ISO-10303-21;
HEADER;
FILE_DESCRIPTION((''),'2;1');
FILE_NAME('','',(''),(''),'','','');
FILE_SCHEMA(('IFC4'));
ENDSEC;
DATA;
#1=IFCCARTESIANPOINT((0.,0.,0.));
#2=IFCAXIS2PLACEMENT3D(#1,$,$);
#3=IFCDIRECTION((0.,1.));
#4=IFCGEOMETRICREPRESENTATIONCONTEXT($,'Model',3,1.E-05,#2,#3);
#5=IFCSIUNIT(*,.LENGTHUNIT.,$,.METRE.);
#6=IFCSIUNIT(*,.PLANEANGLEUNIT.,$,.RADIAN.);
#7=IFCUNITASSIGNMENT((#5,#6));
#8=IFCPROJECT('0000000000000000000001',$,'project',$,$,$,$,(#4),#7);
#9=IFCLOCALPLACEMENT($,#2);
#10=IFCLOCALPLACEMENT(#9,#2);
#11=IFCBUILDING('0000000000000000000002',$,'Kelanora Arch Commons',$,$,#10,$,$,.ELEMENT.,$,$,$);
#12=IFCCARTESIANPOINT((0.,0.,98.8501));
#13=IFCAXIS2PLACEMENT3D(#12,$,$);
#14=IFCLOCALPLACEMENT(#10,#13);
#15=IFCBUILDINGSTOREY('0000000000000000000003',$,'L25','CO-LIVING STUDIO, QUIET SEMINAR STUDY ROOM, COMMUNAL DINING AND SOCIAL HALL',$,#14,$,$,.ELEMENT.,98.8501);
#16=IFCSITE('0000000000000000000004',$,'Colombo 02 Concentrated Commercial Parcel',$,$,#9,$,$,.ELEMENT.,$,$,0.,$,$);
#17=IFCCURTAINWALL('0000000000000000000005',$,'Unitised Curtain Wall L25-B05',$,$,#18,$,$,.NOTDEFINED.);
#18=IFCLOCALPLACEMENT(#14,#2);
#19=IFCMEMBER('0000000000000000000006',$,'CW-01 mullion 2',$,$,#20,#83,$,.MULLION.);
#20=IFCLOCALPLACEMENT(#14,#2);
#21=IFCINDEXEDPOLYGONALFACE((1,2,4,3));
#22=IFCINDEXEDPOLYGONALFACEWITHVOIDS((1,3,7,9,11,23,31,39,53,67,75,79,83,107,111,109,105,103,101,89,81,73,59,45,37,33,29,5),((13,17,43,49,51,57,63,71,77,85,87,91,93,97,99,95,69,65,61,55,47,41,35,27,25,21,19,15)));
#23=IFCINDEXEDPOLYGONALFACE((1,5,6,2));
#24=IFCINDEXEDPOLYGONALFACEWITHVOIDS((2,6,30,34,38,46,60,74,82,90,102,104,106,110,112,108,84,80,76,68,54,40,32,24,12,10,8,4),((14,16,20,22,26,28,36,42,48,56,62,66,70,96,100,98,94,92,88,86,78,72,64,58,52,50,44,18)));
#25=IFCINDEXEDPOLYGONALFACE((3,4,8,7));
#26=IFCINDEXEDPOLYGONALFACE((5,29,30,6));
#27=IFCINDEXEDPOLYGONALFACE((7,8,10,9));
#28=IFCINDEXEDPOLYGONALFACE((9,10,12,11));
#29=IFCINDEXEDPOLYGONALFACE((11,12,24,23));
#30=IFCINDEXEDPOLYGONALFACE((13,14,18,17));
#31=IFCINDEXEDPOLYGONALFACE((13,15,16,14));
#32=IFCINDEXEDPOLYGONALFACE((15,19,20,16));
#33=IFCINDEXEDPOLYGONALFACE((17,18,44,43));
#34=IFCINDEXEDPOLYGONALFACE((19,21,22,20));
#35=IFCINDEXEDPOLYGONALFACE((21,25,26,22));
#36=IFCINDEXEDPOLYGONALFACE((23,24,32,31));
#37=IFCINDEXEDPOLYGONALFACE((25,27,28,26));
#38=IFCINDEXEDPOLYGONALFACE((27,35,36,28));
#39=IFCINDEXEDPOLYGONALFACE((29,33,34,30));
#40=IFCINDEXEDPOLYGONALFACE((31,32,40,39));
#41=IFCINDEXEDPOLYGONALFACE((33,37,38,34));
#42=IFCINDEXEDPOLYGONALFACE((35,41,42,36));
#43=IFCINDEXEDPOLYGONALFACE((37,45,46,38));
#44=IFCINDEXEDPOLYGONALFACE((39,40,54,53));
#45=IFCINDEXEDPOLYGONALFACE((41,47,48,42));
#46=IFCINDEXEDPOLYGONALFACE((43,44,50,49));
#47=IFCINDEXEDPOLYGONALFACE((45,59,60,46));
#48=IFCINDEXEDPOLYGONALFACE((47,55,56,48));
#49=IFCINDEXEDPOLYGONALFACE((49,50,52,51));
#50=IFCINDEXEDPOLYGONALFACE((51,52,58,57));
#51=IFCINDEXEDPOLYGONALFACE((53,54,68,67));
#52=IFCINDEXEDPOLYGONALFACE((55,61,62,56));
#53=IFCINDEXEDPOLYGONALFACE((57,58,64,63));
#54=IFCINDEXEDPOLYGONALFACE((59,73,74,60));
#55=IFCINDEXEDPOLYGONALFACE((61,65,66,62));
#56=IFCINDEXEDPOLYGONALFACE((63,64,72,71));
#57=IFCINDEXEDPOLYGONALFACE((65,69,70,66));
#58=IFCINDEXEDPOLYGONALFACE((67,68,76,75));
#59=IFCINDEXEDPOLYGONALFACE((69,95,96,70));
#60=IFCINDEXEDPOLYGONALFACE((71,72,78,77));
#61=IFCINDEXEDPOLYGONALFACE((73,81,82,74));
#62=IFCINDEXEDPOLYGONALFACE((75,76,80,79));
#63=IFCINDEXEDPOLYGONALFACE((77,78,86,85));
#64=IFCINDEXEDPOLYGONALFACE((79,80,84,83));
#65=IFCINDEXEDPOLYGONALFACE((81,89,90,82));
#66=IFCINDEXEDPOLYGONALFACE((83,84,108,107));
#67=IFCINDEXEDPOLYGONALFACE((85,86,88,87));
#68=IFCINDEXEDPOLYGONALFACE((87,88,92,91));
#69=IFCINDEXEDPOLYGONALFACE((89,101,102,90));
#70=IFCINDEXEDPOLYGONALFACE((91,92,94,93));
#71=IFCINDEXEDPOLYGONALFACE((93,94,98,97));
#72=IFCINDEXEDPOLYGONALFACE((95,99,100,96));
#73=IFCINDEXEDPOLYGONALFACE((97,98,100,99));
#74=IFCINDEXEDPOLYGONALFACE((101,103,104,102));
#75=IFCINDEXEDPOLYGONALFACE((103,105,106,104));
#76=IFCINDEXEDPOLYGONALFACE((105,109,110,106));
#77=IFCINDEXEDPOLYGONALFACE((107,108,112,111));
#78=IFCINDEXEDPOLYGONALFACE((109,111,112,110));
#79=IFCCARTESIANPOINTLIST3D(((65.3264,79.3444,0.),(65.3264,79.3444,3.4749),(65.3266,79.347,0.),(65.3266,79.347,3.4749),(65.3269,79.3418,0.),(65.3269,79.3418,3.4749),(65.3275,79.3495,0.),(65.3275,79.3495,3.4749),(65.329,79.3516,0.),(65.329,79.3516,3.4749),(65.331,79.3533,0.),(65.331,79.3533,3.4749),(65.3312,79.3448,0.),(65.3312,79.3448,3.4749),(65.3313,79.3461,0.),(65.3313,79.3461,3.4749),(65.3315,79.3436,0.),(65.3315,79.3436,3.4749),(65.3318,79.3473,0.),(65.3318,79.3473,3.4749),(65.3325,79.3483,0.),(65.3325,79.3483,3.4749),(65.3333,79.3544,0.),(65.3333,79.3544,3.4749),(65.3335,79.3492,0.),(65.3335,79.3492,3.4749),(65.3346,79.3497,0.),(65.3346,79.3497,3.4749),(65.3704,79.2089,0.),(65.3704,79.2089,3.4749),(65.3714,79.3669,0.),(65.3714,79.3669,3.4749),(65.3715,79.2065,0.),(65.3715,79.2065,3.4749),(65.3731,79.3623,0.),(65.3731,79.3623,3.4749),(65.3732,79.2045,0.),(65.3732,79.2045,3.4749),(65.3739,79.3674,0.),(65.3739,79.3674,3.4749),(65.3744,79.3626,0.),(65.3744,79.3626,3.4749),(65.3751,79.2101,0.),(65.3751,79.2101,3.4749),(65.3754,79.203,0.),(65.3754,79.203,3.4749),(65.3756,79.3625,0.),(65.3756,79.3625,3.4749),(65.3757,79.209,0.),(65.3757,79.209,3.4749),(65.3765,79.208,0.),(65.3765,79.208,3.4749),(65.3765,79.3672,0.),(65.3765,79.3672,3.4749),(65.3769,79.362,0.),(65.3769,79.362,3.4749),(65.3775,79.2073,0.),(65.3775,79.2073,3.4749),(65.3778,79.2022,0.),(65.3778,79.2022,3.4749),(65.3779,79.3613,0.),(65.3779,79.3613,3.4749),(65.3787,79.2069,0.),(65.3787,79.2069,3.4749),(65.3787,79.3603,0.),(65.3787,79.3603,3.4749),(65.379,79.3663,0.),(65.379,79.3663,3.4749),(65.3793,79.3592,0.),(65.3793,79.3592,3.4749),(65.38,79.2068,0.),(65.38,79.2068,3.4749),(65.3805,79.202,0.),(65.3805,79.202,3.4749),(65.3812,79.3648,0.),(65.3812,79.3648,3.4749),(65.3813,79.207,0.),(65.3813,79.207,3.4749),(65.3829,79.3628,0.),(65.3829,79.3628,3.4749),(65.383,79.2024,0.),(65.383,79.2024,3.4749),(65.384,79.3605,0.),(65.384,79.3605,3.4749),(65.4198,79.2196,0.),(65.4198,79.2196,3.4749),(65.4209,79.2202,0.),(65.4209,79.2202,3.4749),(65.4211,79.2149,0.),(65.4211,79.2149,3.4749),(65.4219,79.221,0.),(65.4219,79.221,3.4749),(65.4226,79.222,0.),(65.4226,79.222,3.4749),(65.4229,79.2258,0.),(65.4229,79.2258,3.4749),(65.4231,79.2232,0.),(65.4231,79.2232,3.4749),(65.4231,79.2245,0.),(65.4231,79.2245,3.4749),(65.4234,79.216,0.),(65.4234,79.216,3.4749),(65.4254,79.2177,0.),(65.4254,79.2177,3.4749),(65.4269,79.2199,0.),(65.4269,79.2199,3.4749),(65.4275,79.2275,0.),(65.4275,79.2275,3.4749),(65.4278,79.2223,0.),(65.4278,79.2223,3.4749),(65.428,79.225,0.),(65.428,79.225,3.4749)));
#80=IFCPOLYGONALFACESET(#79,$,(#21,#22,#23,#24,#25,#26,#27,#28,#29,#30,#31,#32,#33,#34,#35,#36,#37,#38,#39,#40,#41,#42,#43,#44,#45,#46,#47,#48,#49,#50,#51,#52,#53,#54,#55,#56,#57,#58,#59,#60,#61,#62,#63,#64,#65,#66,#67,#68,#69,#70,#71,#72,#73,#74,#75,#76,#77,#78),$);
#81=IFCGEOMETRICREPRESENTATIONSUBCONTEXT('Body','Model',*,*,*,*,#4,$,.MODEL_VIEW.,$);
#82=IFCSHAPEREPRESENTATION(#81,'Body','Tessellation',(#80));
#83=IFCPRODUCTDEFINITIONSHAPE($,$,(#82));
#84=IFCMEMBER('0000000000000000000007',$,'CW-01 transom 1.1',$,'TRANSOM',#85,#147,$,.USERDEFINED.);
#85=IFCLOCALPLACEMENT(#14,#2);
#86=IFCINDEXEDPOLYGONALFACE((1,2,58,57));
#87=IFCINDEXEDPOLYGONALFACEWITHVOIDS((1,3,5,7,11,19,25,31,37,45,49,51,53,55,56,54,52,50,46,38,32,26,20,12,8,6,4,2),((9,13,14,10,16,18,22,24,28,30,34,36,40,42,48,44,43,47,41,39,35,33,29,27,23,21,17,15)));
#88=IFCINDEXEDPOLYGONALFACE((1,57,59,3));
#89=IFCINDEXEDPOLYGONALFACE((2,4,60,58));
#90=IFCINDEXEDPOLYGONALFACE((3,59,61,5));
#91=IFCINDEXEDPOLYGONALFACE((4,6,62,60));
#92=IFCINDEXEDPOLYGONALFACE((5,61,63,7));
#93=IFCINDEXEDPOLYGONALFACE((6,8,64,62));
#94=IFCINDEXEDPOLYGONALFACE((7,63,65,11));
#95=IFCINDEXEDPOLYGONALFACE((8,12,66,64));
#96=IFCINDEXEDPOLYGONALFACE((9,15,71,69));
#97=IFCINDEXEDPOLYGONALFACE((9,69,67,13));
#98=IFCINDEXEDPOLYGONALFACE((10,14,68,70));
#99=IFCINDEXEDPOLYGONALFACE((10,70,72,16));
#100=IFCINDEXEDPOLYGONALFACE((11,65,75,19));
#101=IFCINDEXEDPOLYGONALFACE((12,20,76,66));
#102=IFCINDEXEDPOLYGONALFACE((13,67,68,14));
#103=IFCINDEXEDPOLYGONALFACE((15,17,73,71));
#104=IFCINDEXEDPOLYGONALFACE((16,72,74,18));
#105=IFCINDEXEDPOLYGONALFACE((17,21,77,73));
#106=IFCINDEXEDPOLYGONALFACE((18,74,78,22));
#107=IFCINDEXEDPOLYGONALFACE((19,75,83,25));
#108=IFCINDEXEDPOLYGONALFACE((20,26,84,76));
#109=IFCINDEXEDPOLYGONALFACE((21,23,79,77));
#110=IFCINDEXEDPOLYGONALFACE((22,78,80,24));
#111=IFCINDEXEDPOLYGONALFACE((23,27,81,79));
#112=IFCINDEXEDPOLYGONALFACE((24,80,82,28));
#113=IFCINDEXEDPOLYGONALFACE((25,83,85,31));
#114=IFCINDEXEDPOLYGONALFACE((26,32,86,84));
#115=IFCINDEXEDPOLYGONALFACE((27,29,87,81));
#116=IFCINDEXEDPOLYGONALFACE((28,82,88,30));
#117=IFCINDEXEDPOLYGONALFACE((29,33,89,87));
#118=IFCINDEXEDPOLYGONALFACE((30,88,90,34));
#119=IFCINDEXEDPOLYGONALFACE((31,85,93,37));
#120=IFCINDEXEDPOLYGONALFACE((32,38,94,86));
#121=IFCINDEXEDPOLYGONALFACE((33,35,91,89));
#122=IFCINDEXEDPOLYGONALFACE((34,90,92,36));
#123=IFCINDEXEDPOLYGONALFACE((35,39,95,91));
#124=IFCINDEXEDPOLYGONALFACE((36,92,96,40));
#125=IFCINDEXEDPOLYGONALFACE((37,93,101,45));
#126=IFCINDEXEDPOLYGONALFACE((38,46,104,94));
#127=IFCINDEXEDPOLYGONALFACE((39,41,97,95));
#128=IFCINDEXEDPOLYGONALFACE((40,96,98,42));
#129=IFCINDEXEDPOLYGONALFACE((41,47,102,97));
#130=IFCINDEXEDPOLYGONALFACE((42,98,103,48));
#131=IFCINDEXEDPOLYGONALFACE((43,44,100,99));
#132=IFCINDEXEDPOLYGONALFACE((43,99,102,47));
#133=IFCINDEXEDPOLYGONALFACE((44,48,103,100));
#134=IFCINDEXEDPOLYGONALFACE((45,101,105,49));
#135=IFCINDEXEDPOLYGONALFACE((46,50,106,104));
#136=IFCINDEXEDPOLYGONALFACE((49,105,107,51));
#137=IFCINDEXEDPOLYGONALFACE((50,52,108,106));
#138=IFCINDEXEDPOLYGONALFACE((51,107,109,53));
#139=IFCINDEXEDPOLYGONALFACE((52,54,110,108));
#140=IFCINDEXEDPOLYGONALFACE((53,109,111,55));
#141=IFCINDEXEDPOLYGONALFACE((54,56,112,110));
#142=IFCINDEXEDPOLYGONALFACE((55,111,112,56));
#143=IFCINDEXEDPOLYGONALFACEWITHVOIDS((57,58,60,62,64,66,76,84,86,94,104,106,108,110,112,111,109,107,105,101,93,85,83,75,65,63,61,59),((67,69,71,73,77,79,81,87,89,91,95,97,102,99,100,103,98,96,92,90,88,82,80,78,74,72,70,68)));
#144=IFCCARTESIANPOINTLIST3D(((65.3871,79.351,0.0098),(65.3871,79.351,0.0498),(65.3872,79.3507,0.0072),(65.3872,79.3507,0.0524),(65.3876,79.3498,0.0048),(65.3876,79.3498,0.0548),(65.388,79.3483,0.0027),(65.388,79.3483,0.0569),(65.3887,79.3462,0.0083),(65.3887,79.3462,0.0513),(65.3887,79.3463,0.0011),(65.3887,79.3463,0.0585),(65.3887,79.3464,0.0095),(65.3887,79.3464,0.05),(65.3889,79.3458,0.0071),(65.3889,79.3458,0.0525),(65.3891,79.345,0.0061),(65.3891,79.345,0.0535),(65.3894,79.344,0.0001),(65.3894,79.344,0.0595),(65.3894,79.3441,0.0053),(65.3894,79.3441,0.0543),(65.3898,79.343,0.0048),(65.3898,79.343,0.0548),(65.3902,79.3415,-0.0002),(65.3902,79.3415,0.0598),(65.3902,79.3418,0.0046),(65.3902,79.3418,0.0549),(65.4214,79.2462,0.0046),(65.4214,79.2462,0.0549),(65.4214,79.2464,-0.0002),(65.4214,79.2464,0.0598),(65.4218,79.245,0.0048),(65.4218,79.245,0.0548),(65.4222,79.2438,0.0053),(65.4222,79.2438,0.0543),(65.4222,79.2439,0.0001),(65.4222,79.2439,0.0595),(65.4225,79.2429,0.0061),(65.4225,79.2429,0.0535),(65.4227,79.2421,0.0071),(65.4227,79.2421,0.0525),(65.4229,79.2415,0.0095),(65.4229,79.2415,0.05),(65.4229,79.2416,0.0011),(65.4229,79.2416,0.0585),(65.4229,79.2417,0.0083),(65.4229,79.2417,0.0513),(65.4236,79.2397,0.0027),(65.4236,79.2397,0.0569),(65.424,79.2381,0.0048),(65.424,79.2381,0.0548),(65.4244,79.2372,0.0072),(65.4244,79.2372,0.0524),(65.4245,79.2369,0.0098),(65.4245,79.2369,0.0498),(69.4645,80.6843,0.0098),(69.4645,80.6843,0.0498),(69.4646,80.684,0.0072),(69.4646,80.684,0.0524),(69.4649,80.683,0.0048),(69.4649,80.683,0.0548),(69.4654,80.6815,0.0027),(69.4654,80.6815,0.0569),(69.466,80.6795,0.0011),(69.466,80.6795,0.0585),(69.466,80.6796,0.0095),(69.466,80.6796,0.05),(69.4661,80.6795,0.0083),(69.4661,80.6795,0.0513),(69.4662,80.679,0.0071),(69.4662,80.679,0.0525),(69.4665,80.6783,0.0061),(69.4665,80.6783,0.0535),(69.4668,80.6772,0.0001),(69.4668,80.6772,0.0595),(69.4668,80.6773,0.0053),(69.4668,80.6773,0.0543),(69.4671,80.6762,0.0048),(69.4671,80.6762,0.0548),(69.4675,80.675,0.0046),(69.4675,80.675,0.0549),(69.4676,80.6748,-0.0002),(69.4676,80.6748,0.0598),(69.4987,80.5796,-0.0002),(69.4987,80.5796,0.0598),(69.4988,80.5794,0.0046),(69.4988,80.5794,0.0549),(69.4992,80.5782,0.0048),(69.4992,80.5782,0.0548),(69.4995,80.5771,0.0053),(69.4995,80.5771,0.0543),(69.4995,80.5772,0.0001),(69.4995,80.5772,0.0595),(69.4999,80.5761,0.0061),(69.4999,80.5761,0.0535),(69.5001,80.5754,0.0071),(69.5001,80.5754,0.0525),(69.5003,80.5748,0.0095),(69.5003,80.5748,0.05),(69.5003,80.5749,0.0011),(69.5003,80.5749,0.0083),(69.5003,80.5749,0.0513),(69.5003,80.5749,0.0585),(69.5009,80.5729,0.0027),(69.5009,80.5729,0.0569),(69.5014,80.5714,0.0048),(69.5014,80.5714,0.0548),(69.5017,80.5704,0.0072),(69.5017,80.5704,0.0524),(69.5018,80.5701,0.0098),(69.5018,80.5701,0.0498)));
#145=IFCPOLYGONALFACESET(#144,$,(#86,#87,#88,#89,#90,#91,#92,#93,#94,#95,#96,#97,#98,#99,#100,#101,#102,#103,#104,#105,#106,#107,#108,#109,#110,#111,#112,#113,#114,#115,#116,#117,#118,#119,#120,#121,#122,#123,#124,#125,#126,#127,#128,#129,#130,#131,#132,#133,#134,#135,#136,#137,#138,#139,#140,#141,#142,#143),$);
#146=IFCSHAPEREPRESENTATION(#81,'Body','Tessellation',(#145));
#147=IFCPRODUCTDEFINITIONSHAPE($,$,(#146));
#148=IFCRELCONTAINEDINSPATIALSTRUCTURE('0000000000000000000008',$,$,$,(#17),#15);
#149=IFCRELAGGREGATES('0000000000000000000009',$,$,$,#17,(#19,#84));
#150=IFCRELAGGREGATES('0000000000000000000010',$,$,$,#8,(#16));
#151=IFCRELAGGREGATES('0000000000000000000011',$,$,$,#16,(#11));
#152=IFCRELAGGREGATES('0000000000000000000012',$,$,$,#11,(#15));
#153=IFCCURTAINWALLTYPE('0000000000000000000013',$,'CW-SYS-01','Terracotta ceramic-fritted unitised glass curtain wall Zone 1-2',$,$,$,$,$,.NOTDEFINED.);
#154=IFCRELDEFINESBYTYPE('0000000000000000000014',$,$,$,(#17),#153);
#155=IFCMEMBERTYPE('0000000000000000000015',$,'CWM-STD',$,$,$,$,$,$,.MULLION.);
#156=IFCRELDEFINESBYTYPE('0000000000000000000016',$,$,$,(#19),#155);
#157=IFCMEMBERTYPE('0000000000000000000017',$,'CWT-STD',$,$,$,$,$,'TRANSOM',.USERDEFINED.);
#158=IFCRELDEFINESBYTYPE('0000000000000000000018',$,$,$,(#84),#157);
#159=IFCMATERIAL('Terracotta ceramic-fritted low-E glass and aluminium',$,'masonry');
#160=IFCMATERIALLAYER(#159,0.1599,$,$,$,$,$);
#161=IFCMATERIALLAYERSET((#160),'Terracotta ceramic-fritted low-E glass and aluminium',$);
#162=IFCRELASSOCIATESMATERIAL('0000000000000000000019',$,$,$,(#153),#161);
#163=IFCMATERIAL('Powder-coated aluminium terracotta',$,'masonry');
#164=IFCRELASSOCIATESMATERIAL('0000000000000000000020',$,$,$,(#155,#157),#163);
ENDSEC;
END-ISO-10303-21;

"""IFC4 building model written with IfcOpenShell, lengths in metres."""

from ifc_helpers import new_model, si_unit, direction, frame, origin, origin_2d, place, context, subcontext, project, spatial, hollow_rectangle, extrude, material, layer, layer_set, material_profile, profile_set, type_object, element, aggregate, save


model = new_model("IFC4")

# Units and contexts
model_context = context("Model", 3, precision=1e-05, world=origin(), true_north=direction((0.0, 1.0)))
body_context = subcontext(model_context, "Body", "Model", "MODEL_VIEW")
ifc_project = project(units=[si_unit("LENGTHUNIT", "METRE"), si_unit("PLANEANGLEUNIT", "RADIAN")], contexts=[model_context])

# Site, building, storey
site_placement = place(None, origin())
site = spatial("IfcSite", under=ifc_project, at=site_placement, Name="Colombo 02 Concentrated Commercial Parcel", CompositionType="ELEMENT", RefElevation=0.0)
building_placement = place(site_placement, origin())
building = spatial("IfcBuilding", under=site, at=building_placement, Name="Kelanora Arch Commons", CompositionType="ELEMENT")
storey_placement = place(building_placement, frame((0.0, 0.0, 98.8501)))
storey = spatial("IfcBuildingStorey", under=building, at=storey_placement, Name="L25", Description="CO-LIVING STUDIO, QUIET SEMINAR STUDY ROOM, COMMUNAL DINING AND SOCIAL HALL", CompositionType="ELEMENT", Elevation=98.8501)

# Curtain wall, members
ifc_material_1 = material(Name="Terracotta ceramic-fritted low-E glass and aluminium", Category="masonry")
ifc_layer_1 = layer(ifc_material_1, 0.1599)
ifc_layer_set_1 = layer_set([ifc_layer_1], Name="Terracotta ceramic-fritted low-E glass and aluminium")
curtain_wall_type = type_object("IfcCurtainWallType", Name="CW-SYS-01", Description="Terracotta ceramic-fritted unitised glass curtain wall Zone 1-2", PredefinedType="NOTDEFINED", material=ifc_layer_set_1)
curtain_wall_placement = place(storey_placement, origin())
curtain_wall = element("IfcCurtainWall", 1, at=curtain_wall_placement, inside=storey, type_object=curtain_wall_type, Name="Unitised Curtain Wall L25-B05", PredefinedType="NOTDEFINED")
ifc_material_2 = material(Name="Powder-coated aluminium terracotta", Category="masonry")
ifc_material_profile_1 = material_profile(ifc_material_2, hollow_rectangle(XDim=0.1599, YDim=0.0601, WallThickness=0.0049, InnerFilletRadius=0.0049, OuterFilletRadius=0.01, at=origin_2d()), Name="CWM160x60")
ifc_profile_set_1 = profile_set([ifc_material_profile_1], Name="Powder-coated aluminium terracotta")
member_type_1 = type_object("IfcMemberType", Name="CWM-STD", PredefinedType="MULLION", material=ifc_profile_set_1)
member_1_placement = place(storey_placement, frame((65.3772, 79.2847, 0.0), z_axis=(0.0, 0.0, 1.0), x_axis=(0.310805, -0.950474, 0.0)))
member_1 = element("IfcMember", 2, at=member_1_placement, type_object=member_type_1, Name="CW-01 mullion 2", PredefinedType="MULLION", context=body_context, shape_type="SweptSolid", body=[
    extrude(hollow_rectangle(XDim=0.1599, YDim=0.0601, WallThickness=0.0049, InnerFilletRadius=0.0049, OuterFilletRadius=0.01, at=origin_2d()), origin(), (0.0, 0.0, 1.0), 3.4749),
])
ifc_material_profile_2 = material_profile(ifc_material_2, hollow_rectangle(XDim=0.1201, YDim=0.0601, WallThickness=0.0049, InnerFilletRadius=0.0049, OuterFilletRadius=0.01, at=origin_2d()), Name="CWT120x60")
ifc_profile_set_2 = profile_set([ifc_material_profile_2], Name="Powder-coated aluminium terracotta")
member_type_2 = type_object("IfcMemberType", Name="CWT-STD", ElementType="TRANSOM", PredefinedType="USERDEFINED", material=ifc_profile_set_2)
member_2_placement = place(storey_placement, frame((69.4832, 80.6272, 0.0298), z_axis=(-0.950478, -0.310793, 0.0), x_axis=(0.310793, -0.950478, 0.0)))
member_2 = element("IfcMember", 3, at=member_2_placement, type_object=member_type_2, Name="CW-01 transom 1.1", ObjectType="TRANSOM", PredefinedType="USERDEFINED", context=body_context, shape_type="SweptSolid", body=[
    extrude(hollow_rectangle(XDim=0.1201, YDim=0.0601, WallThickness=0.0049, InnerFilletRadius=0.0049, OuterFilletRadius=0.01, at=origin_2d()), origin(), (0.0, 0.0, 1.0), 4.2898),
])
aggregate(curtain_wall, [member_1, member_2])

save(model, "model.ifc")
